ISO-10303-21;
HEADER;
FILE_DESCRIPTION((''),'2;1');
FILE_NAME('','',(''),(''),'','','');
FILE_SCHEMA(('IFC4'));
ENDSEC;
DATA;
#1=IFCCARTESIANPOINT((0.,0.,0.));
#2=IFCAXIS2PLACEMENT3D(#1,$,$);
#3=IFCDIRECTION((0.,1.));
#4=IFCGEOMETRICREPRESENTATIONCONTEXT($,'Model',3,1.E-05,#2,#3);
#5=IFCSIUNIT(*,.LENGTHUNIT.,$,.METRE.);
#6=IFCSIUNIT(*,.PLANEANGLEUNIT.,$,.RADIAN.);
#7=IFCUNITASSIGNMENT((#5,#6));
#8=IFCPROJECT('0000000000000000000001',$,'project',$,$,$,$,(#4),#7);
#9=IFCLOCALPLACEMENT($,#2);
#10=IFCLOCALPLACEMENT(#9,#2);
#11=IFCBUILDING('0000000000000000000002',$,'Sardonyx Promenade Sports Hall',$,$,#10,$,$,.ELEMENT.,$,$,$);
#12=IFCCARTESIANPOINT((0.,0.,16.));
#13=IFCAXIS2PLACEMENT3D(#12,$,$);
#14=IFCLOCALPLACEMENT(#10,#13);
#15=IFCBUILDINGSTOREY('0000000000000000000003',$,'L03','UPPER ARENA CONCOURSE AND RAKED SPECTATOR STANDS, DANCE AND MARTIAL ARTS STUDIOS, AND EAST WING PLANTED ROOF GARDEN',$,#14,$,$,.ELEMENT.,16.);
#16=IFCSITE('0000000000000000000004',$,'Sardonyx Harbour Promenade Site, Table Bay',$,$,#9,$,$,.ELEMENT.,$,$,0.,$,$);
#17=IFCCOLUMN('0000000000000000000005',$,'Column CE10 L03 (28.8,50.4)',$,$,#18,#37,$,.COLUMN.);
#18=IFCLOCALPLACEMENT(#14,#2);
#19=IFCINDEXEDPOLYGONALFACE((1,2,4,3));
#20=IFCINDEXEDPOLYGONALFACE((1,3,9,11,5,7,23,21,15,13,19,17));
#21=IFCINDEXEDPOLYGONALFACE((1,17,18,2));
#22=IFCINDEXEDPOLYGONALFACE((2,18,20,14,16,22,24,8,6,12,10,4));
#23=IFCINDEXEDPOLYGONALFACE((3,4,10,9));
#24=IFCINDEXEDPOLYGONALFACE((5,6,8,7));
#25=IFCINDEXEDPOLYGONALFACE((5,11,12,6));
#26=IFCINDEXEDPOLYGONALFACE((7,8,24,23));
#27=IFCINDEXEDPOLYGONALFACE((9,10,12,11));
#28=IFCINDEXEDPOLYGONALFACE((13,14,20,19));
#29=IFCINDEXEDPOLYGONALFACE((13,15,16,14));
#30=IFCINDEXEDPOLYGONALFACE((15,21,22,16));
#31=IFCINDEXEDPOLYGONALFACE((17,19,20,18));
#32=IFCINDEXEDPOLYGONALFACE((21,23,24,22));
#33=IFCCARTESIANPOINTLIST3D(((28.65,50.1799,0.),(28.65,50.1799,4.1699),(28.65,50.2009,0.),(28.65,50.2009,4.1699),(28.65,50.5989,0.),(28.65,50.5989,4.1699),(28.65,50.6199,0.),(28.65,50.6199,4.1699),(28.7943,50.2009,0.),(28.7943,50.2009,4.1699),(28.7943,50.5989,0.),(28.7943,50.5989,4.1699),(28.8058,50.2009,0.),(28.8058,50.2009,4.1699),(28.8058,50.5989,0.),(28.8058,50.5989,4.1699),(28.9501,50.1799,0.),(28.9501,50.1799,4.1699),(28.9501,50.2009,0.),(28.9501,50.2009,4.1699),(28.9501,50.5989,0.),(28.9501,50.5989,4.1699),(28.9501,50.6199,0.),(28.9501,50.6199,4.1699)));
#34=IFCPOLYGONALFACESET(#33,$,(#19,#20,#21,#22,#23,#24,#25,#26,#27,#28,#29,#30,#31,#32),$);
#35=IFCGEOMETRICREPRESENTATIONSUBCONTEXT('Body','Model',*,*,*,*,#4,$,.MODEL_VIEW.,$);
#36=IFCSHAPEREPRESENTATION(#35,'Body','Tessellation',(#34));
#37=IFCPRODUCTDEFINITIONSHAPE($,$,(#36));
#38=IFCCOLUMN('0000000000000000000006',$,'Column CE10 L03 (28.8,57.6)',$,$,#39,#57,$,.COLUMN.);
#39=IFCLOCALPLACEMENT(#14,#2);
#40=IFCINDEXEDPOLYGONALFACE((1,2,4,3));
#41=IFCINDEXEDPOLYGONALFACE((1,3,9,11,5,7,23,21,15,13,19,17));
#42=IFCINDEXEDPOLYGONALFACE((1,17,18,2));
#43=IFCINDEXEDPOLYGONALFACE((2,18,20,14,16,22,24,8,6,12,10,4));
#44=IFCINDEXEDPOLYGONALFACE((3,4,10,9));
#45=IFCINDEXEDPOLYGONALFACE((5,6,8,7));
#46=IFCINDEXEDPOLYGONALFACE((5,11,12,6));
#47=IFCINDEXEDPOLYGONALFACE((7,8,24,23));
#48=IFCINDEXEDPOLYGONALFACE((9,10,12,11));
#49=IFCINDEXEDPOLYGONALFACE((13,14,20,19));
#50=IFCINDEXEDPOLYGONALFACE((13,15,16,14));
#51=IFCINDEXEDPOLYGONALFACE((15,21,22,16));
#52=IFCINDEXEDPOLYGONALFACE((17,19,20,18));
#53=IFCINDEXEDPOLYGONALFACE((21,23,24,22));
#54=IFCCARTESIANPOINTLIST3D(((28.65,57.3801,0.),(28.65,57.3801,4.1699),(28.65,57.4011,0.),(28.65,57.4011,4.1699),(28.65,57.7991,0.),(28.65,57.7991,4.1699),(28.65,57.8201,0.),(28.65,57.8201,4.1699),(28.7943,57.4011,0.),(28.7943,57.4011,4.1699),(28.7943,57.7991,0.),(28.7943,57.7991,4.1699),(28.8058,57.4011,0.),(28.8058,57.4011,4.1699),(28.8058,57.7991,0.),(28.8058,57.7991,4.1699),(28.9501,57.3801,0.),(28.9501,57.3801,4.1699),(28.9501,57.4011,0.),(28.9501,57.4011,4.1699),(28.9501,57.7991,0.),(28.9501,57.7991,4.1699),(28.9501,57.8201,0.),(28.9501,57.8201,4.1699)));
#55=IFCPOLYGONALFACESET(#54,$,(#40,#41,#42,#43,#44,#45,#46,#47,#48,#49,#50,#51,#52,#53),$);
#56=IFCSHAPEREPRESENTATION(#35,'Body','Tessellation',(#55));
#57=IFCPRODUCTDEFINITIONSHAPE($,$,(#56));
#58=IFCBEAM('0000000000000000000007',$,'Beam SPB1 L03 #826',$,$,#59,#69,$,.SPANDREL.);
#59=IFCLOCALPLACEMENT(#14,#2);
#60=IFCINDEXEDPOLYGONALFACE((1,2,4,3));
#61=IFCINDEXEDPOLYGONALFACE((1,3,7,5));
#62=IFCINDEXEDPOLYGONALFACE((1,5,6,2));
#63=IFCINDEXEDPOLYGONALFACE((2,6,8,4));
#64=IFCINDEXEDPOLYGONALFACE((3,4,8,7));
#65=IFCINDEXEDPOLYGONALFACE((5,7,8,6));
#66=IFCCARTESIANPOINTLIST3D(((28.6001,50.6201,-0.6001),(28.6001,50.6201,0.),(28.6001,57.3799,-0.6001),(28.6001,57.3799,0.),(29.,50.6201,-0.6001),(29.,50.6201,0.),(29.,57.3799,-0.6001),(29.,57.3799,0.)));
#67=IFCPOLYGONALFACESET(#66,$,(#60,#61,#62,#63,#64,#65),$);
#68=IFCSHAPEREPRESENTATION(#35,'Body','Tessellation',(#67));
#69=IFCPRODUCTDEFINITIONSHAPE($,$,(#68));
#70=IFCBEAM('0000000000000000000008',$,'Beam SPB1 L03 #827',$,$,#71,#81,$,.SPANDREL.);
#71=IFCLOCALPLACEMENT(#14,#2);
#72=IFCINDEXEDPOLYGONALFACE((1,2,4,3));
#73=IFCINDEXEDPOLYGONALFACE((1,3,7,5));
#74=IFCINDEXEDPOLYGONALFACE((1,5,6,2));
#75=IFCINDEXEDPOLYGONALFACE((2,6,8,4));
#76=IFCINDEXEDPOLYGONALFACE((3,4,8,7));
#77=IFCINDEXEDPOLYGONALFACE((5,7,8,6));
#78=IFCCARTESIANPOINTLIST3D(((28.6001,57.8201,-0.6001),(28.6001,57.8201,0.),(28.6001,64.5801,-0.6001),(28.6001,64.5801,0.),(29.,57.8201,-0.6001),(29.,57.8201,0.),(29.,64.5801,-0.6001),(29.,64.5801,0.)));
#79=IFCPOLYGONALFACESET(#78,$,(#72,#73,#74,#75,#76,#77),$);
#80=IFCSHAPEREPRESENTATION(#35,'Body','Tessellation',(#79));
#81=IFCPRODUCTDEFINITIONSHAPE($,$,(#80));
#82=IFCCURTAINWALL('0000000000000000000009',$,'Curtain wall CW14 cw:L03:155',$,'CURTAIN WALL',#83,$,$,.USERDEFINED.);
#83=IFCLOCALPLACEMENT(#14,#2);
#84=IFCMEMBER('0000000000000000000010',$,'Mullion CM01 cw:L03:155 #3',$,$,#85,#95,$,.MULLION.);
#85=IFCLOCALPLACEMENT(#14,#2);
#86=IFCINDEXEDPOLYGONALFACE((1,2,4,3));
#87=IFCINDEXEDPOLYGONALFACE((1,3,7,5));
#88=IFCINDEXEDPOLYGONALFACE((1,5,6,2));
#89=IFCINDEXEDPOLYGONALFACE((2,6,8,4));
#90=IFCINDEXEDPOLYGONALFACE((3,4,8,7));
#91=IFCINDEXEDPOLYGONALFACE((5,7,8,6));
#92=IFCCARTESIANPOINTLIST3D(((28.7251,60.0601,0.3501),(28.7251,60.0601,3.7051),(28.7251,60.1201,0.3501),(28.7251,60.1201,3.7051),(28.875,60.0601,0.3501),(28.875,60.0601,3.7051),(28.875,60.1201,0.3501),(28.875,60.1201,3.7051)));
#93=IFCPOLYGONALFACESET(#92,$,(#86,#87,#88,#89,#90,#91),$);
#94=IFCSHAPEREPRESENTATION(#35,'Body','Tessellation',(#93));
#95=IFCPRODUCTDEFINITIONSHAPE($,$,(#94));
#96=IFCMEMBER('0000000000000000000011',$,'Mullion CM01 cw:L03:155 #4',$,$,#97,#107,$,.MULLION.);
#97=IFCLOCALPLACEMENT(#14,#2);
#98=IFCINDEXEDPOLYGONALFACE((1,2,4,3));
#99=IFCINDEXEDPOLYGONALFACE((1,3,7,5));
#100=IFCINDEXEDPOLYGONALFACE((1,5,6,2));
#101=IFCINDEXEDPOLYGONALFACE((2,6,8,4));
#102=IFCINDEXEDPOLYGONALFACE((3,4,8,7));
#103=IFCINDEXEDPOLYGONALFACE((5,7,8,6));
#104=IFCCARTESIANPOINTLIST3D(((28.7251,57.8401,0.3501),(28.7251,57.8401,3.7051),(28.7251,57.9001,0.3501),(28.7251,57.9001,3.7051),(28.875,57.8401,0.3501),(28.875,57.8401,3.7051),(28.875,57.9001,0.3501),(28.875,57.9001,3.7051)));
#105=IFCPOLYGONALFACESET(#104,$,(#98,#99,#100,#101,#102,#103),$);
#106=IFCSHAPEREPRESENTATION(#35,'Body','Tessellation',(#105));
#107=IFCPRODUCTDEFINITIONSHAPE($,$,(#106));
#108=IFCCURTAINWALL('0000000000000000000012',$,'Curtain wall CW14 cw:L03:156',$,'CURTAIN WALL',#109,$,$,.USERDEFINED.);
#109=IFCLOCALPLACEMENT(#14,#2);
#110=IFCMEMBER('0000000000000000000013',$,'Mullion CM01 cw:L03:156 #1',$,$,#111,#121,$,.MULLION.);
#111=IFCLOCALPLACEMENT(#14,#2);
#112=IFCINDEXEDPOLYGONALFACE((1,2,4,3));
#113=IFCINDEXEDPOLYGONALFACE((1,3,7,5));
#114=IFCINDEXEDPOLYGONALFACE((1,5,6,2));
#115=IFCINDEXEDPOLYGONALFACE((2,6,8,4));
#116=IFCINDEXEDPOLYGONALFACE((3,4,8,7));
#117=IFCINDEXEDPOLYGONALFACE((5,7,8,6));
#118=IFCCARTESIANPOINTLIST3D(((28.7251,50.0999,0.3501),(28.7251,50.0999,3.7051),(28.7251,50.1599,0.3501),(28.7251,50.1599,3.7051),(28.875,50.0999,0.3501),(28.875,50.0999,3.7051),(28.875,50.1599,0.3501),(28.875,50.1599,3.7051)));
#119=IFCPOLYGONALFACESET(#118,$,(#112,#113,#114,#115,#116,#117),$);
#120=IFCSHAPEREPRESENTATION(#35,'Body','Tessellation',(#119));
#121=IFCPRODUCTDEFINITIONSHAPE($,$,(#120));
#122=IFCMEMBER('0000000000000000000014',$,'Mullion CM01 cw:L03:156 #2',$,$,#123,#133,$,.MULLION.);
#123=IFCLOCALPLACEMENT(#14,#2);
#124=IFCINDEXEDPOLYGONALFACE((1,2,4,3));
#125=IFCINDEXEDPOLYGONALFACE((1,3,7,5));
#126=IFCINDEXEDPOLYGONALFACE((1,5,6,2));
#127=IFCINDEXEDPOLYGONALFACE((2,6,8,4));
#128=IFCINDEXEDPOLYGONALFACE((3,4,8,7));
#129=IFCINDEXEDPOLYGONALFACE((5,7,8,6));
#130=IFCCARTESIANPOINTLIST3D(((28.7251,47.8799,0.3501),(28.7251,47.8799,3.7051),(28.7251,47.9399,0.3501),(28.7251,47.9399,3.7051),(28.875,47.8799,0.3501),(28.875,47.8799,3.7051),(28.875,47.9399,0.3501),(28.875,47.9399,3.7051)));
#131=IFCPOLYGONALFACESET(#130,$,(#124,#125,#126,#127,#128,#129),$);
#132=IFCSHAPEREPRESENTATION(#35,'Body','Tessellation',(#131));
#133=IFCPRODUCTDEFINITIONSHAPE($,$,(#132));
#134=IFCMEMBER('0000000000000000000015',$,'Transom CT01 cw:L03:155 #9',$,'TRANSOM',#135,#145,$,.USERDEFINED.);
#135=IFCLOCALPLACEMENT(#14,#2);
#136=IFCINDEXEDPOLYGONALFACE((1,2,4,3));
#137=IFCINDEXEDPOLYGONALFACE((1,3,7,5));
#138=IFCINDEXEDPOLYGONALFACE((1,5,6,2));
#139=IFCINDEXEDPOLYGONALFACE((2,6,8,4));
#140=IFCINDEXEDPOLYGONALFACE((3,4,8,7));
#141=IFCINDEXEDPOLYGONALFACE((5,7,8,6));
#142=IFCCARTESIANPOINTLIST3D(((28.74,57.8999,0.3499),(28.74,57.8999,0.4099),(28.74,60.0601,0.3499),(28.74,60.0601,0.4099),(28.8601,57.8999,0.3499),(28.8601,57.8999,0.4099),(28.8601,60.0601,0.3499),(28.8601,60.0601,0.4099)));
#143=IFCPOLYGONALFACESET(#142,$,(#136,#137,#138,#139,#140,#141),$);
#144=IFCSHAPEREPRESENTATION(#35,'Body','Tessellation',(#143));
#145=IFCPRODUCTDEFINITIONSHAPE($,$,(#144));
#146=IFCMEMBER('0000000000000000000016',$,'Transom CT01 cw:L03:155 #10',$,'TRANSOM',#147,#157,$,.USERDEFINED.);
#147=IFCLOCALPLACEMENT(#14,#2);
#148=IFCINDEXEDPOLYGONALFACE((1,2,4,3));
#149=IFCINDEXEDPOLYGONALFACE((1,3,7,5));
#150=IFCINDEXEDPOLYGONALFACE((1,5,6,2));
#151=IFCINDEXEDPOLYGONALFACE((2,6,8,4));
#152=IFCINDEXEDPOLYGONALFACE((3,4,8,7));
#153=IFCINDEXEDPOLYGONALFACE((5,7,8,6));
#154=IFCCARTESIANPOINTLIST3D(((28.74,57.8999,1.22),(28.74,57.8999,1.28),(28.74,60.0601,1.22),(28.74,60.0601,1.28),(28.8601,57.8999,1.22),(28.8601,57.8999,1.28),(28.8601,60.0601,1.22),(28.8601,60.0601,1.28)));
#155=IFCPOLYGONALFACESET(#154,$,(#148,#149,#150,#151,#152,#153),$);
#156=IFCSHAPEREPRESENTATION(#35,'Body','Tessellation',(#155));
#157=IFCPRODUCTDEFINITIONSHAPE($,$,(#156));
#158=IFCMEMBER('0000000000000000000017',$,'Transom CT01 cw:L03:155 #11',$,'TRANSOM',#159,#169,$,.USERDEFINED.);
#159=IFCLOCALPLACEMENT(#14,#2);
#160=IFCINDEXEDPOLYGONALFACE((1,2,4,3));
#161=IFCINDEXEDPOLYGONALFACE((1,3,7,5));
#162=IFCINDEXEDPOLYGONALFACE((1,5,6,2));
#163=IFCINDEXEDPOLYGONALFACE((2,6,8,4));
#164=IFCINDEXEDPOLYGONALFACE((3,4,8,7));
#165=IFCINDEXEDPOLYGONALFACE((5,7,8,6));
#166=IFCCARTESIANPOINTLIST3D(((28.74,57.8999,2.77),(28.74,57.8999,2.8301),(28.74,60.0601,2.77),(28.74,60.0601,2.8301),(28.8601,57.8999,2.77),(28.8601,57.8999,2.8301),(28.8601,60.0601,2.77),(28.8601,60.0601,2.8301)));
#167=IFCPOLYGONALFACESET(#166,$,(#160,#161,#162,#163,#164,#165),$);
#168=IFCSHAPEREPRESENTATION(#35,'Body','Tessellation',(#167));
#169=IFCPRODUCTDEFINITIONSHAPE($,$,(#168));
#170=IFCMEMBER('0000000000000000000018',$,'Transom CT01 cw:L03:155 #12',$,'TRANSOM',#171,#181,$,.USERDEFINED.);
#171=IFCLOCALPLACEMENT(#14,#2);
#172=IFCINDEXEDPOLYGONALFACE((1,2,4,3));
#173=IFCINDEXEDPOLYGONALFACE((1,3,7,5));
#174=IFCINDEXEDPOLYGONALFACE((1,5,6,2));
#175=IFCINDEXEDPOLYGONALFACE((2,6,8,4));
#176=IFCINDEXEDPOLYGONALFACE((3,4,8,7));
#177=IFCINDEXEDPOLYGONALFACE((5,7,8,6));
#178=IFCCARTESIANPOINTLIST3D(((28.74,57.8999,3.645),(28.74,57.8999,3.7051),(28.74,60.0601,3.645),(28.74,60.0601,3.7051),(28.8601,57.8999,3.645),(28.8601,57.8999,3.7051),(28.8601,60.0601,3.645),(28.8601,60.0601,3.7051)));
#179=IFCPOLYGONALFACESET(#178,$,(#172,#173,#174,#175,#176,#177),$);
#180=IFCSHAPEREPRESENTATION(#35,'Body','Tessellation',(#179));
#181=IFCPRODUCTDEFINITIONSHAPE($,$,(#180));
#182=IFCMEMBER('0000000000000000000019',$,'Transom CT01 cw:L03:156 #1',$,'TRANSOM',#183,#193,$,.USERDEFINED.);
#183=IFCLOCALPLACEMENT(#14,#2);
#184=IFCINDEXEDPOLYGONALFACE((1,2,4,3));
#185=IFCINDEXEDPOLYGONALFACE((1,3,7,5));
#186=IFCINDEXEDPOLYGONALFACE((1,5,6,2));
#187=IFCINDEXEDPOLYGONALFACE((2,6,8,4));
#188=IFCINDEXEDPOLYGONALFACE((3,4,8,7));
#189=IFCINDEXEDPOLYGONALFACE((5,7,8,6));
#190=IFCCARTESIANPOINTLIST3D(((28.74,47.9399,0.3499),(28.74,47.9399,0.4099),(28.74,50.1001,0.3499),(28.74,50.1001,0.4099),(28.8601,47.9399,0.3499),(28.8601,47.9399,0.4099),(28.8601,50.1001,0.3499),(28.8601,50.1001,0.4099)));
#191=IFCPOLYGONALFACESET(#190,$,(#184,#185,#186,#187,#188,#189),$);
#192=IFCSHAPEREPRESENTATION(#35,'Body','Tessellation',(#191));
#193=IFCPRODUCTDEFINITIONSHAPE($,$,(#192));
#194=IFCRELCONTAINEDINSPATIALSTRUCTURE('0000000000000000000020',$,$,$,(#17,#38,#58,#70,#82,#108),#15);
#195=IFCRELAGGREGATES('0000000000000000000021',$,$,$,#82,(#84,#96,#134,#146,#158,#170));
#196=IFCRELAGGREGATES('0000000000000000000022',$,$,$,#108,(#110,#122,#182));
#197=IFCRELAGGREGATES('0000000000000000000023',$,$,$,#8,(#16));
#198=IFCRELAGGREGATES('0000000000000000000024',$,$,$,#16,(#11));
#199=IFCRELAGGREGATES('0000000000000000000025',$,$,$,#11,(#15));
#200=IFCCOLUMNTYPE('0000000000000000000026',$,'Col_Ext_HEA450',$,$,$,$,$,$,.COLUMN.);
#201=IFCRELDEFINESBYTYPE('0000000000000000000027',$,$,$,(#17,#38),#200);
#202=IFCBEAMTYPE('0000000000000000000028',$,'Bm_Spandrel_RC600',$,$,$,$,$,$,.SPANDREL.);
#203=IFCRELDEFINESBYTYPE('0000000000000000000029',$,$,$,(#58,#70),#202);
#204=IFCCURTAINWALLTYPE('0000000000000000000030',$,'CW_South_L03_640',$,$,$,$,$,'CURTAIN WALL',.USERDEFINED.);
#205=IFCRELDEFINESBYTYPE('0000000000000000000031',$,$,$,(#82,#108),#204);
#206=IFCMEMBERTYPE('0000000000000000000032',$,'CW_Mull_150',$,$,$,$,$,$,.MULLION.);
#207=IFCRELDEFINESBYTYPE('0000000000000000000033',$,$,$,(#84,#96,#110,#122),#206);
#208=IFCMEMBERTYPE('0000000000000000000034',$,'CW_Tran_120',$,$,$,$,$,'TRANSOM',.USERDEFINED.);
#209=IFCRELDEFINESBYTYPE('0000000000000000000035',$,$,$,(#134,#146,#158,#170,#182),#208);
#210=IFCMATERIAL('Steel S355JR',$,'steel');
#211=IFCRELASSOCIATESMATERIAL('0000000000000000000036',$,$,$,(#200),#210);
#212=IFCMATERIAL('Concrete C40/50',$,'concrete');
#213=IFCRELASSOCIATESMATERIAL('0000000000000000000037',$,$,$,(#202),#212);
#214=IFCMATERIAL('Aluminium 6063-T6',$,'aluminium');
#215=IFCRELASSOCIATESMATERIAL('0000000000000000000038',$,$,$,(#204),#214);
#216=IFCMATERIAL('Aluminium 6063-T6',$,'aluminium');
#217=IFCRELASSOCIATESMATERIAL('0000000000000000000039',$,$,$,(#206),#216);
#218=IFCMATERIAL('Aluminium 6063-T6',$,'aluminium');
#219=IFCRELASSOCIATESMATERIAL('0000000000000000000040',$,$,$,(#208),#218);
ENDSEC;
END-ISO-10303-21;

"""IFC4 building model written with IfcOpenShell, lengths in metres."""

from ifc_helpers import new_model, si_unit, direction, frame, origin, origin_2d, place, context, subcontext, project, spatial, rectangle, i_section, extrude, material, material_profile, profile_set, type_object, element, aggregate, save


model = new_model("IFC4")

# Units and contexts
model_context = context("Model", 3, precision=1e-05, world=origin(), true_north=direction((0.0, 1.0)))
body_context = subcontext(model_context, "Body", "Model", "MODEL_VIEW")
ifc_project = project(units=[si_unit("LENGTHUNIT", "METRE"), si_unit("PLANEANGLEUNIT", "RADIAN")], contexts=[model_context])

# Site, building, storey
site_placement = place(None, origin())
site = spatial("IfcSite", under=ifc_project, at=site_placement, Name="Sardonyx Harbour Promenade Site, Table Bay", CompositionType="ELEMENT", RefElevation=0.0)
building_placement = place(site_placement, origin())
building = spatial("IfcBuilding", under=site, at=building_placement, Name="Sardonyx Promenade Sports Hall", CompositionType="ELEMENT")
storey_placement = place(building_placement, frame((0.0, 0.0, 16.0)))
storey = spatial("IfcBuildingStorey", under=building, at=storey_placement, Name="L03", Description="UPPER ARENA CONCOURSE AND RAKED SPECTATOR STANDS, DANCE AND MARTIAL ARTS STUDIOS, AND EAST WING PLANTED ROOF GARDEN", CompositionType="ELEMENT", Elevation=16.0)

# Columns
ifc_material_1 = material(Name="Steel S355JR", Category="steel")
ifc_material_profile_1 = material_profile(ifc_material_1, i_section(OverallWidth=0.3, OverallDepth=0.4399, WebThickness=0.0115, FlangeThickness=0.021, at=origin_2d()))
ifc_profile_set_1 = profile_set([ifc_material_profile_1], Name="Steel S355JR")
column_type = type_object("IfcColumnType", Name="Col_Ext_HEA450", PredefinedType="COLUMN", material=ifc_profile_set_1)
for number, where, z_axis, x_axis, name in (
    (1, (28.8, 50.3999, 0.0), (0.0, 0.0, 1.0), (1.0, 0.0, 0.0), "Column CE10 L03 (28.8,50.4)"),
    (2, (28.8, 57.6001, 0.0), (0.0, 0.0, 1.0), (1.0, 0.0, 0.0), "Column CE10 L03 (28.8,57.6)"),
):
    element("IfcColumn", number, at=place(storey_placement, frame(where, z_axis=z_axis, x_axis=x_axis)), inside=storey, type_object=column_type, Name=name, PredefinedType="COLUMN", context=body_context, shape_type="SweptSolid", body=[
        extrude(i_section(OverallWidth=0.3, OverallDepth=0.4399, WebThickness=0.0115, FlangeThickness=0.021, at=origin_2d()), origin(), (0.0, 0.0, 1.0), 4.1699),
    ])

# Beams
ifc_material_2 = material(Name="Concrete C40/50", Category="concrete")
ifc_material_profile_2 = material_profile(ifc_material_2, rectangle(XDim=0.3999, YDim=0.6001, at=origin_2d()))
ifc_profile_set_2 = profile_set([ifc_material_profile_2], Name="Concrete C40/50")
beam_type = type_object("IfcBeamType", Name="Bm_Spandrel_RC600", PredefinedType="SPANDREL", material=ifc_profile_set_2)
beam_1_placement = place(storey_placement, frame((28.8, 50.6201, -0.3), z_axis=(0.0, 1.0, 0.0), x_axis=(-1.0, 0.0, 0.0)))
element("IfcBeam", 3, at=beam_1_placement, inside=storey, type_object=beam_type, Name="Beam SPB1 L03 #826", PredefinedType="SPANDREL", context=body_context, shape_type="SweptSolid", body=[
    extrude(rectangle(XDim=0.3999, YDim=0.6001, at=origin_2d()), origin(), (0.0, 0.0, 1.0), 6.7598),
])
beam_2_placement = place(storey_placement, frame((28.8, 57.8201, -0.3), z_axis=(0.0, 1.0, 0.0), x_axis=(-1.0, 0.0, 0.0)))
element("IfcBeam", 4, at=beam_2_placement, inside=storey, type_object=beam_type, Name="Beam SPB1 L03 #827", PredefinedType="SPANDREL", context=body_context, shape_type="SweptSolid", body=[
    extrude(rectangle(XDim=0.3999, YDim=0.6001, at=origin_2d()), origin(), (0.0, 0.0, 1.0), 6.76),
])

# Curtain walls, members
ifc_material_3 = material(Name="Aluminium 6063-T6", Category="aluminium")
curtain_wall_type = type_object("IfcCurtainWallType", Name="CW_South_L03_640", ElementType="CURTAIN WALL", PredefinedType="USERDEFINED", material=ifc_material_3)
curtain_wall_1_placement = place(storey_placement, origin())
curtain_wall_1 = element("IfcCurtainWall", 5, at=curtain_wall_1_placement, inside=storey, type_object=curtain_wall_type, Name="Curtain wall CW14 cw:L03:155", ObjectType="CURTAIN WALL", PredefinedType="USERDEFINED")
ifc_material_4 = material(Name="Aluminium 6063-T6", Category="aluminium")
ifc_material_profile_3 = material_profile(ifc_material_4, rectangle(XDim=0.0601, YDim=0.1499, at=origin_2d()))
ifc_profile_set_3 = profile_set([ifc_material_profile_3], Name="Aluminium 6063-T6")
member_type_1 = type_object("IfcMemberType", Name="CW_Mull_150", PredefinedType="MULLION", material=ifc_profile_set_3)
member_1_placement = place(storey_placement, frame((28.8, 60.0901, 0.3501), z_axis=(0.0, 0.0, 1.0), x_axis=(0.0, -1.0, 0.0)))
member_1 = element("IfcMember", 6, at=member_1_placement, type_object=member_type_1, Name="Mullion CM01 cw:L03:155 #3", PredefinedType="MULLION", context=body_context, shape_type="SweptSolid", body=[
    extrude(rectangle(XDim=0.0601, YDim=0.1499, at=origin_2d()), origin(), (0.0, 0.0, 1.0), 3.355),
])
member_2_placement = place(storey_placement, frame((28.8, 57.8701, 0.3501), z_axis=(0.0, 0.0, 1.0), x_axis=(0.0, -1.0, 0.0)))
member_2 = element("IfcMember", 7, at=member_2_placement, type_object=member_type_1, Name="Mullion CM01 cw:L03:155 #4", PredefinedType="MULLION", context=body_context, shape_type="SweptSolid", body=[
    extrude(rectangle(XDim=0.0601, YDim=0.1499, at=origin_2d()), origin(), (0.0, 0.0, 1.0), 3.355),
])
curtain_wall_2_placement = place(storey_placement, origin())
curtain_wall_2 = element("IfcCurtainWall", 8, at=curtain_wall_2_placement, inside=storey, type_object=curtain_wall_type, Name="Curtain wall CW14 cw:L03:156", ObjectType="CURTAIN WALL", PredefinedType="USERDEFINED")
member_3_placement = place(storey_placement, frame((28.8, 50.1299, 0.3501), z_axis=(0.0, 0.0, 1.0), x_axis=(0.0, -1.0, 0.0)))
member_3 = element("IfcMember", 9, at=member_3_placement, type_object=member_type_1, Name="Mullion CM01 cw:L03:156 #1", PredefinedType="MULLION", context=body_context, shape_type="SweptSolid", body=[
    extrude(rectangle(XDim=0.0601, YDim=0.1499, at=origin_2d()), origin(), (0.0, 0.0, 1.0), 3.355),
])
member_4_placement = place(storey_placement, frame((28.8, 47.9099, 0.3501), z_axis=(0.0, 0.0, 1.0), x_axis=(0.0, -1.0, 0.0)))
member_4 = element("IfcMember", 10, at=member_4_placement, type_object=member_type_1, Name="Mullion CM01 cw:L03:156 #2", PredefinedType="MULLION", context=body_context, shape_type="SweptSolid", body=[
    extrude(rectangle(XDim=0.0601, YDim=0.1499, at=origin_2d()), origin(), (0.0, 0.0, 1.0), 3.355),
])

# Members
ifc_material_5 = material(Name="Aluminium 6063-T6", Category="aluminium")
ifc_material_profile_4 = material_profile(ifc_material_5, rectangle(XDim=0.0601, YDim=0.1201, at=origin_2d()))
ifc_profile_set_4 = profile_set([ifc_material_profile_4], Name="Aluminium 6063-T6")
member_type_2 = type_object("IfcMemberType", Name="CW_Tran_120", ElementType="TRANSOM", PredefinedType="USERDEFINED", material=ifc_profile_set_4)
member_5_placement = place(storey_placement, frame((28.8, 60.0601, 0.3799), z_axis=(0.0, -1.0, 0.0), x_axis=(0.0, 0.0, 1.0)))
member_5 = element("IfcMember", 11, at=member_5_placement, type_object=member_type_2, Name="Transom CT01 cw:L03:155 #9", ObjectType="TRANSOM", PredefinedType="USERDEFINED", context=body_context, shape_type="SweptSolid", body=[
    extrude(rectangle(XDim=0.0601, YDim=0.1201, at=origin_2d()), origin(), (0.0, 0.0, 1.0), 2.1602),
])
member_6_placement = place(storey_placement, frame((28.8, 60.0601, 1.25), z_axis=(0.0, -1.0, 0.0), x_axis=(0.0, 0.0, 1.0)))
member_6 = element("IfcMember", 12, at=member_6_placement, type_object=member_type_2, Name="Transom CT01 cw:L03:155 #10", ObjectType="TRANSOM", PredefinedType="USERDEFINED", context=body_context, shape_type="SweptSolid", body=[
    extrude(rectangle(XDim=0.0601, YDim=0.1201, at=origin_2d()), origin(), (0.0, 0.0, 1.0), 2.1602),
])
member_7_placement = place(storey_placement, frame((28.8, 60.0601, 2.8), z_axis=(0.0, -1.0, 0.0), x_axis=(0.0, 0.0, 1.0)))
member_7 = element("IfcMember", 13, at=member_7_placement, type_object=member_type_2, Name="Transom CT01 cw:L03:155 #11", ObjectType="TRANSOM", PredefinedType="USERDEFINED", context=body_context, shape_type="SweptSolid", body=[
    extrude(rectangle(XDim=0.0601, YDim=0.1201, at=origin_2d()), origin(), (0.0, 0.0, 1.0), 2.1602),
])
member_8_placement = place(storey_placement, frame((28.8, 60.0601, 3.675), z_axis=(0.0, -1.0, 0.0), x_axis=(0.0, 0.0, 1.0)))
member_8 = element("IfcMember", 14, at=member_8_placement, type_object=member_type_2, Name="Transom CT01 cw:L03:155 #12", ObjectType="TRANSOM", PredefinedType="USERDEFINED", context=body_context, shape_type="SweptSolid", body=[
    extrude(rectangle(XDim=0.0601, YDim=0.1201, at=origin_2d()), origin(), (0.0, 0.0, 1.0), 2.1602),
])
member_9_placement = place(storey_placement, frame((28.8, 50.1001, 0.3799), z_axis=(0.0, -1.0, 0.0), x_axis=(0.0, 0.0, 1.0)))
member_9 = element("IfcMember", 15, at=member_9_placement, type_object=member_type_2, Name="Transom CT01 cw:L03:156 #1", ObjectType="TRANSOM", PredefinedType="USERDEFINED", context=body_context, shape_type="SweptSolid", body=[
    extrude(rectangle(XDim=0.0601, YDim=0.1201, at=origin_2d()), origin(), (0.0, 0.0, 1.0), 2.1602),
])

aggregate(curtain_wall_1, [member_1, member_2, member_5, member_6, member_7, member_8])
aggregate(curtain_wall_2, [member_3, member_4, member_9])

save(model, "model.ifc")
